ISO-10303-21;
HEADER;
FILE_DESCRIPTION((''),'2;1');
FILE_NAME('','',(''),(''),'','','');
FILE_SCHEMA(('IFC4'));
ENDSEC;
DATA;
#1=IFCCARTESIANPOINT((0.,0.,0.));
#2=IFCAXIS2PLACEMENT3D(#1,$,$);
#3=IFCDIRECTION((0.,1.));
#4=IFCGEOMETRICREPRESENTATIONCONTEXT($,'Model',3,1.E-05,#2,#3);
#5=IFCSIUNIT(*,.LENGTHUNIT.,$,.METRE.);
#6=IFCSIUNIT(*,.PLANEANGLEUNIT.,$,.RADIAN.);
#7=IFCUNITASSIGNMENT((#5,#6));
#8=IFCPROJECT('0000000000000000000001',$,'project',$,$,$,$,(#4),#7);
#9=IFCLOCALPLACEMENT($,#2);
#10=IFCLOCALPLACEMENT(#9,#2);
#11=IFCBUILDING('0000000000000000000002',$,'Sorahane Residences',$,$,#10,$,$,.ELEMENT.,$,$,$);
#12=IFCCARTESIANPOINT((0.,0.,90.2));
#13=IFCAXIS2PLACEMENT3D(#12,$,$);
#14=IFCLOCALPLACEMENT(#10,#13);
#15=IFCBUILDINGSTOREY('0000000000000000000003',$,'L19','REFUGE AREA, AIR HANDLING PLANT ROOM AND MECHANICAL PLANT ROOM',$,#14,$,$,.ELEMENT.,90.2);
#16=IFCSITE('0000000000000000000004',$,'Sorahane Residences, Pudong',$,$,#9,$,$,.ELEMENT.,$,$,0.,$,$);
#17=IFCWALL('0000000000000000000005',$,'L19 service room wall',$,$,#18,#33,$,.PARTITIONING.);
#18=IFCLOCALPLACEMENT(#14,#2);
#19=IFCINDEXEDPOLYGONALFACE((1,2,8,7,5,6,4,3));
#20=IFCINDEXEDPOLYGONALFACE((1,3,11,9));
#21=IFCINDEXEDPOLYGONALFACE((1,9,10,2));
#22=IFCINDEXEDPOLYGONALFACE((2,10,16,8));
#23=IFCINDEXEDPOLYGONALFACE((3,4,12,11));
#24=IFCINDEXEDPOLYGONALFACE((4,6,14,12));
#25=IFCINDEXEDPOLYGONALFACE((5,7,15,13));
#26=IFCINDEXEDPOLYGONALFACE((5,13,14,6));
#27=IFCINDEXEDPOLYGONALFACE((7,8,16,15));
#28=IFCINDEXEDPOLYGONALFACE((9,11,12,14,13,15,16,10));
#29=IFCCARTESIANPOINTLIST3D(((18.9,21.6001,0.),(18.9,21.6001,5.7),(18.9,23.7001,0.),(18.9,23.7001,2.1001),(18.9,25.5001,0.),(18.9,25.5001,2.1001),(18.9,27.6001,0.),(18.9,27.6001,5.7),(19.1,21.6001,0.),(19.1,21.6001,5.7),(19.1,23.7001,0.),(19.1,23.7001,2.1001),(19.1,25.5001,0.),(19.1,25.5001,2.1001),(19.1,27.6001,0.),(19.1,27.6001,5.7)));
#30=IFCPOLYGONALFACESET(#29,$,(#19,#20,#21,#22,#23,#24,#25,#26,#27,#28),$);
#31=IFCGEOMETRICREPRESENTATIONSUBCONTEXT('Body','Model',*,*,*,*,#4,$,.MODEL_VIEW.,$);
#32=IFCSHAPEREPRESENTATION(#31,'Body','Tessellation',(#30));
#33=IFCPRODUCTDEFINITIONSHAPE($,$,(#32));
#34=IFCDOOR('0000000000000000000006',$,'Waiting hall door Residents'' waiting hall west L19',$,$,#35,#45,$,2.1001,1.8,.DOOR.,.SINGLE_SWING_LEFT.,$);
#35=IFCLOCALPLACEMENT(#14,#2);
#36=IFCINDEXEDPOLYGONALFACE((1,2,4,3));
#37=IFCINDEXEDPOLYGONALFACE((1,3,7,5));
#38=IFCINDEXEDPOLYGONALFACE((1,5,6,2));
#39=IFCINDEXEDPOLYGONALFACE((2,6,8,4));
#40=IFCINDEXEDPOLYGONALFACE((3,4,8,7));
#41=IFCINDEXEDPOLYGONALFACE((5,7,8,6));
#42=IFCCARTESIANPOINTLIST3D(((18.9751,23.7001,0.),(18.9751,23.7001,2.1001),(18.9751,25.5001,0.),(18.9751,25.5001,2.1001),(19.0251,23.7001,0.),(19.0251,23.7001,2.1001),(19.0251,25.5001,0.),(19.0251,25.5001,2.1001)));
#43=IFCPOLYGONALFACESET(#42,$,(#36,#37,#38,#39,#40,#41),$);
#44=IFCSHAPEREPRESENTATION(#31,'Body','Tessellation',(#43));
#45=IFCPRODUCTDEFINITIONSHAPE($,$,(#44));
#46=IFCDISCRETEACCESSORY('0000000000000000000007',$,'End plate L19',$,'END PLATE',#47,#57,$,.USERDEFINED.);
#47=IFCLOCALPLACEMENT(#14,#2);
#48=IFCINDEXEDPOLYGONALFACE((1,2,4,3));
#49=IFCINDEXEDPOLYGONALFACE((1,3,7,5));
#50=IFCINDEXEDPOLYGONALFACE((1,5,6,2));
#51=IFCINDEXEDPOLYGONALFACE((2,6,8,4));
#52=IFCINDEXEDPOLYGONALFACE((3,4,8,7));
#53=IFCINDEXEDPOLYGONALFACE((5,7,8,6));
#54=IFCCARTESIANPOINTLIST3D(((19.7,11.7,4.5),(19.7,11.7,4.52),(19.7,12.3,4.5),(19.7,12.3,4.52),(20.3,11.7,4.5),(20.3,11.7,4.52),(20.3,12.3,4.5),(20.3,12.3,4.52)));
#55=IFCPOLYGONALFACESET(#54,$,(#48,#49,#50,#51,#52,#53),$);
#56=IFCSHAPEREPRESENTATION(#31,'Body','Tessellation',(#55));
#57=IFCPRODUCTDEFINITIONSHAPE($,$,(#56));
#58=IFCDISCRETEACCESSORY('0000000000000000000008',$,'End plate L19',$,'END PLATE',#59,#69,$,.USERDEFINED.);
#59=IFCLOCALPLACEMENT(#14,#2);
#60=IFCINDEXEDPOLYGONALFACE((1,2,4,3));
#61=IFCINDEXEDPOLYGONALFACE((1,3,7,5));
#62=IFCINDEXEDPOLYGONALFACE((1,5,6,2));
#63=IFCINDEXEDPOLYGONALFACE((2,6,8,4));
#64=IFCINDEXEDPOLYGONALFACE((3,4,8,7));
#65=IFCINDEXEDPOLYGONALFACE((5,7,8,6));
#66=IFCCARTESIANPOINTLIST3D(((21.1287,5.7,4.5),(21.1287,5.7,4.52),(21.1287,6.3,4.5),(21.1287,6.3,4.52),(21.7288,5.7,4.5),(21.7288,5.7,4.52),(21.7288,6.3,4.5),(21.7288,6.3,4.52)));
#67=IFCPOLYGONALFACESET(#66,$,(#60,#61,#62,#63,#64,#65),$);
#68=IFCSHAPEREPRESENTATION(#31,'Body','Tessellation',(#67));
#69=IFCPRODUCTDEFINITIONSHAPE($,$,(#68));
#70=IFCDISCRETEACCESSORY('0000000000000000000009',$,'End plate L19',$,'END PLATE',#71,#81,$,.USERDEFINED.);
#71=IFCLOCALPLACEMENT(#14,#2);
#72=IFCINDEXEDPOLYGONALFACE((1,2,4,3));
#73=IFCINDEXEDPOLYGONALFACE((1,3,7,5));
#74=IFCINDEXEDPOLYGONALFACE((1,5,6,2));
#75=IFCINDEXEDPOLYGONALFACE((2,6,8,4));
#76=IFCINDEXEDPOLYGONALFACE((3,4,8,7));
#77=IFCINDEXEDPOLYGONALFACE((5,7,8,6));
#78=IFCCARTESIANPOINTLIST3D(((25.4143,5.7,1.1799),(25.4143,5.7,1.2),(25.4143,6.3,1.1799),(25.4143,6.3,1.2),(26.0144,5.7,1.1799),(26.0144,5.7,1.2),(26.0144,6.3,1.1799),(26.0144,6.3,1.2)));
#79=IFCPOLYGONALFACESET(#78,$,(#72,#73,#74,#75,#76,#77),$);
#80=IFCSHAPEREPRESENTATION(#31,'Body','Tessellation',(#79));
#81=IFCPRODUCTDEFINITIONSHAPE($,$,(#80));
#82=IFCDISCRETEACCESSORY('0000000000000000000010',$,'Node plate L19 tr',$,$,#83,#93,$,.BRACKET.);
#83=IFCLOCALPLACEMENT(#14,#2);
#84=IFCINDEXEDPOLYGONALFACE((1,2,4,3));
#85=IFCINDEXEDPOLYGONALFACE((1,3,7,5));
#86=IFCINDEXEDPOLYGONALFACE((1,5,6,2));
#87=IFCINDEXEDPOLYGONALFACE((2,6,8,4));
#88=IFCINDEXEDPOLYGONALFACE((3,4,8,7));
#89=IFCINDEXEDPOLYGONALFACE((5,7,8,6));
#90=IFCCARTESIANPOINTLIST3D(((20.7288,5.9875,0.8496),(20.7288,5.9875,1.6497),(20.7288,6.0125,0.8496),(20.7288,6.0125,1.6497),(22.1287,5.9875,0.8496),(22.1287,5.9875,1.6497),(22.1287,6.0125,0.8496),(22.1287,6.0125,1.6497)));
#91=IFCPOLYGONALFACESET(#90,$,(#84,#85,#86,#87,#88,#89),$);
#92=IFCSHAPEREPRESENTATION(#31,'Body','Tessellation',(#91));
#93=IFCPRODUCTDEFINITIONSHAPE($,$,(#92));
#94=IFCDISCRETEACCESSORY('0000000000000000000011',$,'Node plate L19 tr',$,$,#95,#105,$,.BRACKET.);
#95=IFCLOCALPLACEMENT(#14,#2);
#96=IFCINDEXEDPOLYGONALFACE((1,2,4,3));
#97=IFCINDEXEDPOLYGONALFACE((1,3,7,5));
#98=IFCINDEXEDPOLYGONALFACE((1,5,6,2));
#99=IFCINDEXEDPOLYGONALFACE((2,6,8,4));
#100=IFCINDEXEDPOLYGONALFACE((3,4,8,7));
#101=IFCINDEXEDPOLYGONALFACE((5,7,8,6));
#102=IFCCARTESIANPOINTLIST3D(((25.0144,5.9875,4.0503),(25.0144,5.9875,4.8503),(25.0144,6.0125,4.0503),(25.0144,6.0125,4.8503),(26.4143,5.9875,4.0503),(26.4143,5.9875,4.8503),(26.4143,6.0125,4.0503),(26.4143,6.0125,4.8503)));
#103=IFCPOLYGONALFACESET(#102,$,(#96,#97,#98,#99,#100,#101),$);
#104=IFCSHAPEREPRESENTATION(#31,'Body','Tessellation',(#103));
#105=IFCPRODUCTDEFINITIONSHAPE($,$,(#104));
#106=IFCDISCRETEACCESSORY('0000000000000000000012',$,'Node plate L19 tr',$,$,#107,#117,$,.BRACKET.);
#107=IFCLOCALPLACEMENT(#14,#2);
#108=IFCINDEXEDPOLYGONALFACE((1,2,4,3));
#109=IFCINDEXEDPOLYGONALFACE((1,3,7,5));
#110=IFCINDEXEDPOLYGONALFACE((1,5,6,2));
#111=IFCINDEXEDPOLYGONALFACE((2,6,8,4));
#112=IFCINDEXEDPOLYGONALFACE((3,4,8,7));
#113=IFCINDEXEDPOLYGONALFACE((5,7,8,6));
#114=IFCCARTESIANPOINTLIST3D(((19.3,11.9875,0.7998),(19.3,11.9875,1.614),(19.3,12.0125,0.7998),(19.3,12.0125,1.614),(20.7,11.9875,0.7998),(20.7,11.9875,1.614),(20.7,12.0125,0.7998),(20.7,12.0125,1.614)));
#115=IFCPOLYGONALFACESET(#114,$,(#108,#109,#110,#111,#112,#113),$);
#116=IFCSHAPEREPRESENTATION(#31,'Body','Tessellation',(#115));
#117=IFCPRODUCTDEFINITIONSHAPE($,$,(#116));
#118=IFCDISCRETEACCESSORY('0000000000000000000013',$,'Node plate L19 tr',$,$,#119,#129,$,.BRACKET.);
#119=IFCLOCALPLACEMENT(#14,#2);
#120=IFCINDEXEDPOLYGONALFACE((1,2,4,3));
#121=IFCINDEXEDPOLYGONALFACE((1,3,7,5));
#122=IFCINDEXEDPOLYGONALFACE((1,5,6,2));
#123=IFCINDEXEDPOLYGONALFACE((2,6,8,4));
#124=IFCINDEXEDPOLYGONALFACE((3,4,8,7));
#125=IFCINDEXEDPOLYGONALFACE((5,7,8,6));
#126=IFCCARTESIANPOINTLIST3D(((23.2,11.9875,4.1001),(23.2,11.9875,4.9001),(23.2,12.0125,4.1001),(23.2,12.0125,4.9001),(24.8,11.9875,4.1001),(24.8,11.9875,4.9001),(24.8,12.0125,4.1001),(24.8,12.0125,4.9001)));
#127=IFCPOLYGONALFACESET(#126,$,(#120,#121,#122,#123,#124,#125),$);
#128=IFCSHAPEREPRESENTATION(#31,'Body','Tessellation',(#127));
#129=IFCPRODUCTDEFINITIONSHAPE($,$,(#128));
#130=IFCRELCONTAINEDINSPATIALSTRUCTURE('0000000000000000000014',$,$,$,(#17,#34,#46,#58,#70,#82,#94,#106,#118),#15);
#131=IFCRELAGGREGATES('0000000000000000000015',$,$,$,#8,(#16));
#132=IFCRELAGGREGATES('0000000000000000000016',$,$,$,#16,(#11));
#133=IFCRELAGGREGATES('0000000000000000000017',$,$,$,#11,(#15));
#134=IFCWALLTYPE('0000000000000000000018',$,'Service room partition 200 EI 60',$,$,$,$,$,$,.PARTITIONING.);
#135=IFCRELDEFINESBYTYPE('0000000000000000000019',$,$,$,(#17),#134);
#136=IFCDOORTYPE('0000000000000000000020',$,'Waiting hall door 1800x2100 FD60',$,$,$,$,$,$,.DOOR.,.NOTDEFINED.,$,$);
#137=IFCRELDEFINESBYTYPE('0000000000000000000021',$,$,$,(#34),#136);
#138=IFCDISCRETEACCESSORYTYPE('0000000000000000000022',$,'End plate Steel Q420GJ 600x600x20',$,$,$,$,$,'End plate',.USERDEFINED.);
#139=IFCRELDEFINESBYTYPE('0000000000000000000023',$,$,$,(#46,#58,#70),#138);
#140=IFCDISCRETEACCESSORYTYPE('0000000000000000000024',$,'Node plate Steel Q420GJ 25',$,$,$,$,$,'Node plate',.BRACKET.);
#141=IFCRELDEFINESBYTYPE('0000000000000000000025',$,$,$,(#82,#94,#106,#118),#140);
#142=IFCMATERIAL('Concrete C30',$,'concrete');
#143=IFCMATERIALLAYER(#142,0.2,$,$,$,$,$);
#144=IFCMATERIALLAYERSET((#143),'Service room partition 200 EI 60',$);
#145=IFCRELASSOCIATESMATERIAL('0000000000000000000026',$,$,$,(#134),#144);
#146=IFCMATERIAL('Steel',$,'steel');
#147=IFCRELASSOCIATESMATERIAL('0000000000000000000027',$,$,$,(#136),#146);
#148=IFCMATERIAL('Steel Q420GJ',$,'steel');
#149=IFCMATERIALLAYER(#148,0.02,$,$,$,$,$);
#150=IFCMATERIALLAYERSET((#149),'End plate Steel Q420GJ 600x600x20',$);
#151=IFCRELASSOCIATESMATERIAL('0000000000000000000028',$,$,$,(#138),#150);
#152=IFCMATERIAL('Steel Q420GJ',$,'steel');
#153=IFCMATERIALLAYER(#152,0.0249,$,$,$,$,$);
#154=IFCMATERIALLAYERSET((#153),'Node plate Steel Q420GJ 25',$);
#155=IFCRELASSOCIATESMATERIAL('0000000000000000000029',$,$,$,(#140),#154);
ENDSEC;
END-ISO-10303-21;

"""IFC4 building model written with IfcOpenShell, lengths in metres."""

from ifc_helpers import new_model, si_unit, direction, frame, frame_2d, origin, origin_2d, place, context, subcontext, project, spatial, rectangle, extrude, material, layer, layer_set, type_object, element, fill, save


model = new_model("IFC4")

# Units and contexts
model_context = context("Model", 3, precision=1e-05, world=origin(), true_north=direction((0.0, 1.0)))
body_context = subcontext(model_context, "Body", "Model", "MODEL_VIEW")
ifc_project = project(units=[si_unit("LENGTHUNIT", "METRE"), si_unit("PLANEANGLEUNIT", "RADIAN")], contexts=[model_context])

# Site, building, storey
site_placement = place(None, origin())
site = spatial("IfcSite", under=ifc_project, at=site_placement, Name="Sorahane Residences, Pudong", CompositionType="ELEMENT", RefElevation=0.0)
building_placement = place(site_placement, origin())
building = spatial("IfcBuilding", under=site, at=building_placement, Name="Sorahane Residences", CompositionType="ELEMENT")
storey_placement = place(building_placement, frame((0.0, 0.0, 90.2)))
storey = spatial("IfcBuildingStorey", under=building, at=storey_placement, Name="L19", Description="REFUGE AREA, AIR HANDLING PLANT ROOM AND MECHANICAL PLANT ROOM", CompositionType="ELEMENT", Elevation=90.2)

# Wall, opening, door
ifc_material_1 = material(Name="Concrete C30", Category="concrete")
ifc_layer_1 = layer(ifc_material_1, 0.2)
ifc_layer_set_1 = layer_set([ifc_layer_1], Name="Service room partition 200 EI 60")
wall_type = type_object("IfcWallType", Name="Service room partition 200 EI 60", PredefinedType="PARTITIONING", material=ifc_layer_set_1)
wall_placement = place(storey_placement, frame((19.0, 21.6001, 0.0), z_axis=(0.0, 0.0, 1.0), x_axis=(0.0, 1.0, 0.0)))
wall = element("IfcWall", 1, at=wall_placement, inside=storey, type_object=wall_type, Name="L19 service room wall", PredefinedType="PARTITIONING", context=body_context, shape_type="SweptSolid", body=[
    extrude(rectangle(XDim=6.0, YDim=0.2, at=frame_2d((3.0, 0.0))), origin(), (0.0, 0.0, 1.0), 5.7),
])
opening_placement = place(wall_placement, frame((2.1001, 0.0, 0.0)))
opening = element("IfcOpeningElement", 2, at=opening_placement, cuts=wall, PredefinedType="OPENING", context=body_context, shape_type="SweptSolid", body=[
    extrude(rectangle(XDim=1.8, YDim=2.1001, at=frame_2d((0.8999, 1.05))), frame((0.0, 0.1099, 0.0), z_axis=(0.0, -1.0, 0.0), x_axis=(1.0, 0.0, 0.0)), (0.0, 0.0, 1.0), 0.22),
])
ifc_material_2 = material(Name="Steel", Category="steel")
door_type = type_object("IfcDoorType", Name="Waiting hall door 1800x2100 FD60", OperationType="NOTDEFINED", PredefinedType="DOOR", material=ifc_material_2)
door_placement = place(opening_placement, origin())
door = element("IfcDoor", 3, at=door_placement, inside=storey, type_object=door_type, Name="Waiting hall door Residents' waiting hall west L19", OperationType="SINGLE_SWING_LEFT", OverallHeight=2.1001, OverallWidth=1.8, PredefinedType="DOOR", context=body_context, shape_type="SweptSolid", body=[
    extrude(rectangle(XDim=1.8, YDim=2.1001, at=frame_2d((0.8999, 1.05))), frame((0.0, 0.0249, 0.0), z_axis=(0.0, -1.0, 0.0), x_axis=(1.0, 0.0, 0.0)), (0.0, 0.0, 1.0), 0.05),
])
fill(opening, door)

# Discrete accessories
ifc_material_3 = material(Name="Steel Q420GJ", Category="steel")
ifc_layer_2 = layer(ifc_material_3, 0.02)
ifc_layer_set_2 = layer_set([ifc_layer_2], Name="End plate Steel Q420GJ 600x600x20")
discrete_accessory_type_1 = type_object("IfcDiscreteAccessoryType", Name="End plate Steel Q420GJ 600x600x20", ElementType="End plate", PredefinedType="USERDEFINED", material=ifc_layer_set_2)
for number, where, z_axis, x_axis, name in (
    (4, (20.0, 12.0, 4.5), (0.0, 0.0, 1.0), (1.0, 0.0, 0.0), "End plate L19"),
    (5, (21.4287, 6.0, 4.5), (0.0, 0.0, 1.0), (1.0, 0.0, 0.0), "End plate L19"),
    (6, (25.7144, 6.0, 1.1799), (0.0, 0.0, 1.0), (1.0, 0.0, 0.0), "End plate L19"),
):
    element("IfcDiscreteAccessory", number, at=place(storey_placement, frame(where, z_axis=z_axis, x_axis=x_axis)), inside=storey, type_object=discrete_accessory_type_1, Name=name, ObjectType="END PLATE", PredefinedType="USERDEFINED", context=body_context, shape_type="SweptSolid", body=[
        extrude(rectangle(XDim=0.6001, YDim=0.6001, at=origin_2d()), origin(), (0.0, 0.0, 1.0), 0.02),
    ])
ifc_material_4 = material(Name="Steel Q420GJ", Category="steel")
ifc_layer_3 = layer(ifc_material_4, 0.0249)
ifc_layer_set_3 = layer_set([ifc_layer_3], Name="Node plate Steel Q420GJ 25")
discrete_accessory_type_2 = type_object("IfcDiscreteAccessoryType", Name="Node plate Steel Q420GJ 25", ElementType="Node plate", PredefinedType="BRACKET", material=ifc_layer_set_3)
for number, where, z_axis, x_axis, name in (
    (7, (21.4287, 6.0, 0.8496), (0.0, 0.0, 1.0), (1.0, 0.0, 0.0), "Node plate L19 tr"),
    (8, (25.7144, 6.0, 4.0503), (0.0, 0.0, 1.0), (1.0, 0.0, 0.0), "Node plate L19 tr"),
):
    element("IfcDiscreteAccessory", number, at=place(storey_placement, frame(where, z_axis=z_axis, x_axis=x_axis)), inside=storey, type_object=discrete_accessory_type_2, Name=name, PredefinedType="BRACKET", context=body_context, shape_type="SweptSolid", body=[
        extrude(rectangle(XDim=1.3999, YDim=0.0249, at=origin_2d()), origin(), (0.0, 0.0, 1.0), 0.8),
    ])
discrete_accessory_1_placement = place(storey_placement, frame((20.0, 12.0, 0.7998), z_axis=(0.0, 0.0, 1.0), x_axis=(1.0, 0.0, 0.0)))
element("IfcDiscreteAccessory", 9, at=discrete_accessory_1_placement, inside=storey, type_object=discrete_accessory_type_2, Name="Node plate L19 tr", PredefinedType="BRACKET", context=body_context, shape_type="SweptSolid", body=[
    extrude(rectangle(XDim=1.3999, YDim=0.0249, at=origin_2d()), origin(), (0.0, 0.0, 1.0), 0.8142),
])
discrete_accessory_2_placement = place(storey_placement, frame((24.0, 12.0, 4.1001), z_axis=(0.0, 0.0, 1.0), x_axis=(1.0, 0.0, 0.0)))
element("IfcDiscreteAccessory", 10, at=discrete_accessory_2_placement, inside=storey, type_object=discrete_accessory_type_2, Name="Node plate L19 tr", PredefinedType="BRACKET", context=body_context, shape_type="SweptSolid", body=[
    extrude(rectangle(XDim=1.6001, YDim=0.0249, at=origin_2d()), origin(), (0.0, 0.0, 1.0), 0.8),
])

save(model, "model.ifc")
